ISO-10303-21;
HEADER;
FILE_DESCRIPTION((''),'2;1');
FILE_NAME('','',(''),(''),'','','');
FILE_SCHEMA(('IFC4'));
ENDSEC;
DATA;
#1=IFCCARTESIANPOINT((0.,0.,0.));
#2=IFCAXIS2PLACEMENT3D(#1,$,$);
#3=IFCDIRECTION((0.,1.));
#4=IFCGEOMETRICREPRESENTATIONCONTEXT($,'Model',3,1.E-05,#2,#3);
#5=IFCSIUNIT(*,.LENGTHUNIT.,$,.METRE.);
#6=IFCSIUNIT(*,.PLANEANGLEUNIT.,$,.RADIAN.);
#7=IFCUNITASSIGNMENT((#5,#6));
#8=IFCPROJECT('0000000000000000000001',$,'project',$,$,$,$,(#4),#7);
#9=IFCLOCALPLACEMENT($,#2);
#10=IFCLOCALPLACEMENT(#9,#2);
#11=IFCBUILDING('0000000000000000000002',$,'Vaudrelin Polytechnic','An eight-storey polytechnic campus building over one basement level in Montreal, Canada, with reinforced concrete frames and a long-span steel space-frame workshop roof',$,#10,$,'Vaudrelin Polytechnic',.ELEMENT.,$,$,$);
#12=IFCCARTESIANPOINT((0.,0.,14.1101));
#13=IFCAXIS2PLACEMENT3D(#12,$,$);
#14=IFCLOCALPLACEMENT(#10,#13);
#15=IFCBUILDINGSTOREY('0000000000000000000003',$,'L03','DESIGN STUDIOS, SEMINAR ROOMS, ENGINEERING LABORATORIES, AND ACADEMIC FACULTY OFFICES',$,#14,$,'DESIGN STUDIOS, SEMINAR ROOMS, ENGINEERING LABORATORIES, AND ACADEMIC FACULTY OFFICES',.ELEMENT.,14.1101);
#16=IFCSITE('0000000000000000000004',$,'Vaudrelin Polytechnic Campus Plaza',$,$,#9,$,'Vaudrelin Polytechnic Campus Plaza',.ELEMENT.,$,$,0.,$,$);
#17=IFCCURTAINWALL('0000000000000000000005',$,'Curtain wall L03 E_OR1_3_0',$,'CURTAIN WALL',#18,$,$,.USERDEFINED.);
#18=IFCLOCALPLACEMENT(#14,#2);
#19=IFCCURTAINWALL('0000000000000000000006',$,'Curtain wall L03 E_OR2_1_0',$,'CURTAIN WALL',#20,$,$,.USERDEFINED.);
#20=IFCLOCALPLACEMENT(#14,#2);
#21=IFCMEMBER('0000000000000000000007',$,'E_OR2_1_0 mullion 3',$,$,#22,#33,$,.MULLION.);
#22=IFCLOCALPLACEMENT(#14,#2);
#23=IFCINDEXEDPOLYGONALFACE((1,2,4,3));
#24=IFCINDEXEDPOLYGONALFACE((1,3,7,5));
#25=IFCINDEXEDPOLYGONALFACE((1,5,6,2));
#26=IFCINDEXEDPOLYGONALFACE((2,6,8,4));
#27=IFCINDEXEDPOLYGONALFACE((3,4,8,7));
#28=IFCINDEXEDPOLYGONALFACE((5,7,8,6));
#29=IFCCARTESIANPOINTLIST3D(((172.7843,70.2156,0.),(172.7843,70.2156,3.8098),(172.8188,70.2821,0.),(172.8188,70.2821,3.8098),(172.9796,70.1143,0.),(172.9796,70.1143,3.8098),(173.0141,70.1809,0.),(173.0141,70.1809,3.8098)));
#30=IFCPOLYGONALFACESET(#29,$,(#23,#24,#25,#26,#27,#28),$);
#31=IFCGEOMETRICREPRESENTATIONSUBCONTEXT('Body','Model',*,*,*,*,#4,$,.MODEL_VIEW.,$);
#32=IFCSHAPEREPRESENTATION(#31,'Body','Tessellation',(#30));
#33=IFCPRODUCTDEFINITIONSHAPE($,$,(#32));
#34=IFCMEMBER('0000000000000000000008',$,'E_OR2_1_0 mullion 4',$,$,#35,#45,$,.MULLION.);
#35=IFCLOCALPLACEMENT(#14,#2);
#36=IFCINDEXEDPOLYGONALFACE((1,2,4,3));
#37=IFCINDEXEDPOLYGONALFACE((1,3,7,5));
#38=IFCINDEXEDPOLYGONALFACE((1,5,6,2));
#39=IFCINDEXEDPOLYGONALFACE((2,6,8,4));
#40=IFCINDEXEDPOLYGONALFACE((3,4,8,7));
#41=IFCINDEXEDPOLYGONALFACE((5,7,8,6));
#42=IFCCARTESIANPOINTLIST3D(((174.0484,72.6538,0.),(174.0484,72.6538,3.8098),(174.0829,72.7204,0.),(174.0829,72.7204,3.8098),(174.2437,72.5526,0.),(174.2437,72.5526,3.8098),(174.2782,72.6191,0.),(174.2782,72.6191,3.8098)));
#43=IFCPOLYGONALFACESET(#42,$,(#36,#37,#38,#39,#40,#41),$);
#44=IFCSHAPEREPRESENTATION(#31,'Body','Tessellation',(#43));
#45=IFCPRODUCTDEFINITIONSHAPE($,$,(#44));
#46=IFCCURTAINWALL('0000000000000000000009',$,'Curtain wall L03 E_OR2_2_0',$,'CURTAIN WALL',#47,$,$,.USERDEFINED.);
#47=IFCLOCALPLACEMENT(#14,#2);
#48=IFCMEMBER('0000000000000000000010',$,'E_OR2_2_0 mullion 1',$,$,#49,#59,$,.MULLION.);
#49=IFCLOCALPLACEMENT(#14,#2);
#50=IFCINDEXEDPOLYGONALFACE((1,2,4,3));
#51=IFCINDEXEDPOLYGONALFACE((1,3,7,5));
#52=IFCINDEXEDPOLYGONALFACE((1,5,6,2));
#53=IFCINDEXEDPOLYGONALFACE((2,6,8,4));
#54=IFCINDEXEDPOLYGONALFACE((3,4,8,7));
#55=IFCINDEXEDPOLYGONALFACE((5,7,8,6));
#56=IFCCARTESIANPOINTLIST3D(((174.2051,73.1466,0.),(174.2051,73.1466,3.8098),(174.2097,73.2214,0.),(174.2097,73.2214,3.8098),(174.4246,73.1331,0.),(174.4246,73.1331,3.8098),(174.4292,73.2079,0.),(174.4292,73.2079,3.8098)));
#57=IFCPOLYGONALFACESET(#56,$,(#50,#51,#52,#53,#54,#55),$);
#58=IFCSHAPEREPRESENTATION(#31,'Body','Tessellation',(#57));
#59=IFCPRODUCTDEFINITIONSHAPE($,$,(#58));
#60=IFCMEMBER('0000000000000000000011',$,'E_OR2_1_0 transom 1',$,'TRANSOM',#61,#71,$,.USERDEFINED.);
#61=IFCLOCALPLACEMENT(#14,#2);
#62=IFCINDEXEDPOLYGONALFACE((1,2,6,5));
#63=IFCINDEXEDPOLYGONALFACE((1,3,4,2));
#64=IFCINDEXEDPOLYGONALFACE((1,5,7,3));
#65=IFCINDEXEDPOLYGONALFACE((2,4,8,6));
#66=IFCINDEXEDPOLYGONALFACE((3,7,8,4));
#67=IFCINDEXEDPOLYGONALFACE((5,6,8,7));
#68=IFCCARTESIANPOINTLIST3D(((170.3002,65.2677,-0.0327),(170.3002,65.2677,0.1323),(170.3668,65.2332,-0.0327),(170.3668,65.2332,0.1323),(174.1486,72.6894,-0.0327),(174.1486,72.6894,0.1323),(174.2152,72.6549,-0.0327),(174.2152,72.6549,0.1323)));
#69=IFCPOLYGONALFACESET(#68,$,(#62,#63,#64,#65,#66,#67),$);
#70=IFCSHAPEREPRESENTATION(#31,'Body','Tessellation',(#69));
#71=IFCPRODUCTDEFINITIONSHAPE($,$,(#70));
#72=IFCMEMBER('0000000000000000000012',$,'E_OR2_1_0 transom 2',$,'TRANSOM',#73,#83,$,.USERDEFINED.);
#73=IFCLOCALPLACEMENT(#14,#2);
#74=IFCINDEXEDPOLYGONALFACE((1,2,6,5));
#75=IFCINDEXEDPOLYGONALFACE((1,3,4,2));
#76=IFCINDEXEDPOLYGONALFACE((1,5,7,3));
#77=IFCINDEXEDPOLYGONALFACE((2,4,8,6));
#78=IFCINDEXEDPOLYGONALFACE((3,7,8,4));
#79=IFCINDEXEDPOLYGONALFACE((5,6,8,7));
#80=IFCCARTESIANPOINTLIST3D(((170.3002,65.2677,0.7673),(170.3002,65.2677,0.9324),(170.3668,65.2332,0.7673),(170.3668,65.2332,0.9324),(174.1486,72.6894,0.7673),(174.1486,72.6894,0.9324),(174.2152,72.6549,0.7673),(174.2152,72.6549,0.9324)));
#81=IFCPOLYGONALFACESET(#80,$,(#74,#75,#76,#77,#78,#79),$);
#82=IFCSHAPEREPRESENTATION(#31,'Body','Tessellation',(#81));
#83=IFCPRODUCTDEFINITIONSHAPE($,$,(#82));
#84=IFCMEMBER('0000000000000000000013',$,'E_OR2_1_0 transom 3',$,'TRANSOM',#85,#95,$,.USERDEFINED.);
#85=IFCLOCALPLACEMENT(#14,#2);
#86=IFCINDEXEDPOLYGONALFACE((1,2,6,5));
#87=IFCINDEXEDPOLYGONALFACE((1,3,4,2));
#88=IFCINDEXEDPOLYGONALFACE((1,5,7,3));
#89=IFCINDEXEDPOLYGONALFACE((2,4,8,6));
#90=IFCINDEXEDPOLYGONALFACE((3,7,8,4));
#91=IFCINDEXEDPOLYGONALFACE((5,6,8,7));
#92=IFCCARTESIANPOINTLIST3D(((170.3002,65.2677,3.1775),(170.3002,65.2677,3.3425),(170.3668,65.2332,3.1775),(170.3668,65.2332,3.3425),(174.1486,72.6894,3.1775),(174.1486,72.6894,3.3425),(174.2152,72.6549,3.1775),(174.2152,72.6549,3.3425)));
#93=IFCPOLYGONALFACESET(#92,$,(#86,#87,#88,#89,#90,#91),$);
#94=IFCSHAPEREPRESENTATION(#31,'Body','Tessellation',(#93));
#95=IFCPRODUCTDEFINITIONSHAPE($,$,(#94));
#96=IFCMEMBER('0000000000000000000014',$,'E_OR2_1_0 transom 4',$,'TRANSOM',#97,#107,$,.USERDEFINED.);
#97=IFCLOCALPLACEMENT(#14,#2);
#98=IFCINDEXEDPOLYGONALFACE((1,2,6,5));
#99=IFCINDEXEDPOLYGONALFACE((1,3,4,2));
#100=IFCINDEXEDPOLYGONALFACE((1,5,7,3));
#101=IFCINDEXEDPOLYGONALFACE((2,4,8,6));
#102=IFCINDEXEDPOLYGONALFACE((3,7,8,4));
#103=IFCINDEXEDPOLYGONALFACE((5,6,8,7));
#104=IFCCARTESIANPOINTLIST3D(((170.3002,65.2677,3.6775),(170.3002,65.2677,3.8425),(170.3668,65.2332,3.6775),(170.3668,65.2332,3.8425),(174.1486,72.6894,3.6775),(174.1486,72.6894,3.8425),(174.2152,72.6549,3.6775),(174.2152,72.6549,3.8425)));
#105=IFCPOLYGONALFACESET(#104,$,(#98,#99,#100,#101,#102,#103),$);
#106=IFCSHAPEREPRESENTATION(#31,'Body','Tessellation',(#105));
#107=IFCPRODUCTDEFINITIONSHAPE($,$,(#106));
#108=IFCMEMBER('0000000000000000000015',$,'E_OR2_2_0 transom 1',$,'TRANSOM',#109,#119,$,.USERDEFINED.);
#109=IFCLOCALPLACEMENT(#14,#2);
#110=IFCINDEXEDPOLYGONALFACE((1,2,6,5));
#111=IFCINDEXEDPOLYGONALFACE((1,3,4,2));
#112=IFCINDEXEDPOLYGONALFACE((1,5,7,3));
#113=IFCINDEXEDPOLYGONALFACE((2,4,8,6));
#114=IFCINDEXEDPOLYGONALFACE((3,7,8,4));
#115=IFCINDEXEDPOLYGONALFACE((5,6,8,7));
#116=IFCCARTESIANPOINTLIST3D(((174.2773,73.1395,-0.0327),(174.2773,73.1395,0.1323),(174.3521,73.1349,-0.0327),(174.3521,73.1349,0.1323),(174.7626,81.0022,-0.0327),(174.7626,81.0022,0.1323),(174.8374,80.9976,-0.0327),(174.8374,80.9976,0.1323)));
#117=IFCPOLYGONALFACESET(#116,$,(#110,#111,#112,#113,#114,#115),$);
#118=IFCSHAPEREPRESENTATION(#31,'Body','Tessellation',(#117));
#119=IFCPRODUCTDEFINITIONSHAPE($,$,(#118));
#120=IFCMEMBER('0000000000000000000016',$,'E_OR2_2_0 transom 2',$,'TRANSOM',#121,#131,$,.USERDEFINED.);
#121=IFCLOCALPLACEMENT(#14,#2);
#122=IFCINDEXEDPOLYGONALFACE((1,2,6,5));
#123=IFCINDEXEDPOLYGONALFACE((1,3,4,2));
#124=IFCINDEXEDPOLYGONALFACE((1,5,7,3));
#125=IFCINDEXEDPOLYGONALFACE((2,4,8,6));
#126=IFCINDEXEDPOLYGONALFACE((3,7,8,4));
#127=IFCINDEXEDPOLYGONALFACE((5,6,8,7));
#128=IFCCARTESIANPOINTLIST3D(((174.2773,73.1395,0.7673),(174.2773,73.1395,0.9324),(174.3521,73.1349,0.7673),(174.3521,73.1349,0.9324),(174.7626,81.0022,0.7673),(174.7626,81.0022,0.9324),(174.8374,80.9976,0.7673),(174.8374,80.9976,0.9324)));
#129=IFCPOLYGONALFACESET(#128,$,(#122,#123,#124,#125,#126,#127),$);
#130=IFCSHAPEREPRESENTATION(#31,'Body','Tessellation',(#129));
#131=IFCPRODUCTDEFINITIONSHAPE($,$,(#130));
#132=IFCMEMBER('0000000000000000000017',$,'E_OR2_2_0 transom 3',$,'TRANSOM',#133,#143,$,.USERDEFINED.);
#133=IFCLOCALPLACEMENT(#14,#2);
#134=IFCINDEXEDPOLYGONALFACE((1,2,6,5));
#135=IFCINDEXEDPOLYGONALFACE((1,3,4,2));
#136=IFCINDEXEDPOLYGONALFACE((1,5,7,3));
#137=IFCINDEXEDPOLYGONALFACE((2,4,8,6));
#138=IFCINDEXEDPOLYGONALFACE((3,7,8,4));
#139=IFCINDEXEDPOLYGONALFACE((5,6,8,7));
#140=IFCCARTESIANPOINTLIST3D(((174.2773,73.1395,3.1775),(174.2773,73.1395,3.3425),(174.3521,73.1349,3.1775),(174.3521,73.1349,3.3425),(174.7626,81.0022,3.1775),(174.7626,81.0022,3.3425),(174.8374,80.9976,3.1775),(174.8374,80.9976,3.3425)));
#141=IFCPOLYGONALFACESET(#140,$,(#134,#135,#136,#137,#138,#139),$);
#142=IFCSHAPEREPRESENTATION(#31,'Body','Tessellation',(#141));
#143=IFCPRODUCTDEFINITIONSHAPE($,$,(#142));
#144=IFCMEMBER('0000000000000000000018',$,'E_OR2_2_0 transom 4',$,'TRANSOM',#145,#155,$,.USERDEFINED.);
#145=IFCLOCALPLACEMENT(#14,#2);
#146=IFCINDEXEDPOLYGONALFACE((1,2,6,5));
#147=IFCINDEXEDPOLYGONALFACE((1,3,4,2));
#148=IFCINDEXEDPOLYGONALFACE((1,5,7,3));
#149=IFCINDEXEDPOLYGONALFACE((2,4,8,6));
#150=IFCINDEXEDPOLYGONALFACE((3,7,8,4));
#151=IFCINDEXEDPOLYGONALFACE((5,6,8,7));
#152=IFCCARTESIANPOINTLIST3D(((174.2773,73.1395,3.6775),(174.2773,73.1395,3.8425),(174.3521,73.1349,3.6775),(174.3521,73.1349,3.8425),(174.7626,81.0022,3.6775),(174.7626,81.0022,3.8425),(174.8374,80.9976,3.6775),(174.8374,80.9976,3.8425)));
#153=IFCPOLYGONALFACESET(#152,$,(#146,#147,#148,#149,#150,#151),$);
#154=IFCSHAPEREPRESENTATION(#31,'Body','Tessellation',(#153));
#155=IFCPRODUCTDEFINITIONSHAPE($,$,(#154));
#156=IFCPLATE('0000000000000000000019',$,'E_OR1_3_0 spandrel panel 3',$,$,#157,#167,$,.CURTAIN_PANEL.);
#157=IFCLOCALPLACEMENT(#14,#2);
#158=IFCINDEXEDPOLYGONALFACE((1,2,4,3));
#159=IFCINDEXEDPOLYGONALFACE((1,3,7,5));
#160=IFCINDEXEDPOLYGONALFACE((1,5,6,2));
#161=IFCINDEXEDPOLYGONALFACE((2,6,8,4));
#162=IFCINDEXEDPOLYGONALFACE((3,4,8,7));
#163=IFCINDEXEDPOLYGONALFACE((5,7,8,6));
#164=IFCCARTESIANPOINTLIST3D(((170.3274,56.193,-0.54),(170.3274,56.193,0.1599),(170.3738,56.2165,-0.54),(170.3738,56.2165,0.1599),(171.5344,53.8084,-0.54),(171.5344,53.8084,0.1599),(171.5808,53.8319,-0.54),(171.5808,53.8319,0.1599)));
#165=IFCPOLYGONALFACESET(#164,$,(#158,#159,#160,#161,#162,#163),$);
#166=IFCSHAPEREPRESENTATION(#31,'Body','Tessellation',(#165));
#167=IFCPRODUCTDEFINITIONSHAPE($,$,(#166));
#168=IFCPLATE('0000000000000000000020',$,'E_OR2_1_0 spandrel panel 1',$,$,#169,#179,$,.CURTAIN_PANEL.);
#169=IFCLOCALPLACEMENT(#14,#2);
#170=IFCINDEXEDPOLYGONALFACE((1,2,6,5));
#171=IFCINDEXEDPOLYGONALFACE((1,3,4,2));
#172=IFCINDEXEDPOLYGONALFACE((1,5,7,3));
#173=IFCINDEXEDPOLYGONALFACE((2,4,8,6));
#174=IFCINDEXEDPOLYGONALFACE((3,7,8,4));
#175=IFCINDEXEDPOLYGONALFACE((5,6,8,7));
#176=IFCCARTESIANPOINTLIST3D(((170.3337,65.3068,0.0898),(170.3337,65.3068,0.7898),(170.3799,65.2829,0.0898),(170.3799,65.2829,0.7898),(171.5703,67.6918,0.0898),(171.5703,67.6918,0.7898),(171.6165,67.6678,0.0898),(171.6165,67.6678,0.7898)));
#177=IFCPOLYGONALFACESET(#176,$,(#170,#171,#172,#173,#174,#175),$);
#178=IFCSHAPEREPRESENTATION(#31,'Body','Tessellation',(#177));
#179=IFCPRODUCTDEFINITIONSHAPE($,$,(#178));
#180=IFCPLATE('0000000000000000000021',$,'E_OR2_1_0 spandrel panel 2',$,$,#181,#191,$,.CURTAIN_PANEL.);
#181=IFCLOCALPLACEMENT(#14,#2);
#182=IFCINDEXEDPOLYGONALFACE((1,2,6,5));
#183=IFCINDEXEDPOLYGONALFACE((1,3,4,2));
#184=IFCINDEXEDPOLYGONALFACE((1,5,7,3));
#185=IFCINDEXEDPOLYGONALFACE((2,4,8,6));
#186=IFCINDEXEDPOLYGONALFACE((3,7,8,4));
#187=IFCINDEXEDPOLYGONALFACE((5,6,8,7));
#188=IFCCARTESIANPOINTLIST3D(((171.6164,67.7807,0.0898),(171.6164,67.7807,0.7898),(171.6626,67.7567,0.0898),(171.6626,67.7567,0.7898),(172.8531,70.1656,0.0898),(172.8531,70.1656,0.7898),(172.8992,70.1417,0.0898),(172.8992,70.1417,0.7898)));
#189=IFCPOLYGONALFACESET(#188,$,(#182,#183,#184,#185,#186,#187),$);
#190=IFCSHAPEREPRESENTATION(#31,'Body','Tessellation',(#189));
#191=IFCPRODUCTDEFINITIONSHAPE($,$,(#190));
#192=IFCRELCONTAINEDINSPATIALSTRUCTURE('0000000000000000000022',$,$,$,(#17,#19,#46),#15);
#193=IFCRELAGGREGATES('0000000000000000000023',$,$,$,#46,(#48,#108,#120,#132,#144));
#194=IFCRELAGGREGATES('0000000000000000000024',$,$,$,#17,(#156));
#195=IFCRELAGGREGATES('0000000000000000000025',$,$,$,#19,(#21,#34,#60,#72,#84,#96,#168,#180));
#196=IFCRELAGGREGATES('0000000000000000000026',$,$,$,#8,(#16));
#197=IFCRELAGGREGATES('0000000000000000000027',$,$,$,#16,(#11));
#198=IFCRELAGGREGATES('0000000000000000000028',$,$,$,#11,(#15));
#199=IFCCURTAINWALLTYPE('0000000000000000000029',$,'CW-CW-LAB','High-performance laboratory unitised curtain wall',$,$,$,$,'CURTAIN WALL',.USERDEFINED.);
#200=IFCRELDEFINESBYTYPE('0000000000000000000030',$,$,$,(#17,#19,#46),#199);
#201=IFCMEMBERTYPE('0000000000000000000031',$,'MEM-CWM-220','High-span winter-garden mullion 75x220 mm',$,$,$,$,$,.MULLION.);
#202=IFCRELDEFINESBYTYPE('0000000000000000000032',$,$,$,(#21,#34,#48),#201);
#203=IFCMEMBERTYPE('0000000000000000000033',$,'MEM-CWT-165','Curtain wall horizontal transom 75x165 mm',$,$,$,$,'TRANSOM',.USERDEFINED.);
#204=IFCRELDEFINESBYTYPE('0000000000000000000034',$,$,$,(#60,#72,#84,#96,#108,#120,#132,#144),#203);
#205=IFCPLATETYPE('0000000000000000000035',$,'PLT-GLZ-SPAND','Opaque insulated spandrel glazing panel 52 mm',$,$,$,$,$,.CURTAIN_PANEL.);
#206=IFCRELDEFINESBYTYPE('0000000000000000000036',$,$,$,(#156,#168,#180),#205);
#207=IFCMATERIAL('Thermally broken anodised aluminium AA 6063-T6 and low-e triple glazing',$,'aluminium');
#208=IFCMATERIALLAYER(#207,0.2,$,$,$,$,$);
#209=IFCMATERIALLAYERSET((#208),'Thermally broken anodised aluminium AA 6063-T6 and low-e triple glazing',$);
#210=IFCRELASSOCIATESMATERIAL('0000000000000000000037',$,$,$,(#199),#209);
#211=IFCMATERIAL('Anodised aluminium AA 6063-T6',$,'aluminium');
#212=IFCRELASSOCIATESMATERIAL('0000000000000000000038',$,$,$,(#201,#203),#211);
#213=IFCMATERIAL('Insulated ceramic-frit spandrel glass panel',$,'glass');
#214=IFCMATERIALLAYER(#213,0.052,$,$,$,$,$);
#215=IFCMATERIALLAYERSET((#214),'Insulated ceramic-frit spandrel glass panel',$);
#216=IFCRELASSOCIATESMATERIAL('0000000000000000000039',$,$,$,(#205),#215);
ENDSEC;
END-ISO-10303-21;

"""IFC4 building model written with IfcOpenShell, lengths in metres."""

from ifc_helpers import new_model, si_unit, direction, frame, origin, origin_2d, place, context, subcontext, project, spatial, rectangle, extrude, material, layer, layer_set, material_profile, profile_set, type_object, element, aggregate, save


model = new_model("IFC4")

# Units and contexts
model_context = context("Model", 3, precision=1e-05, world=origin(), true_north=direction((0.0, 1.0)))
body_context = subcontext(model_context, "Body", "Model", "MODEL_VIEW")
ifc_project = project(units=[si_unit("LENGTHUNIT", "METRE"), si_unit("PLANEANGLEUNIT", "RADIAN")], contexts=[model_context])

# Site, building, storey
site_placement = place(None, origin())
site = spatial("IfcSite", under=ifc_project, at=site_placement, Name="Vaudrelin Polytechnic Campus Plaza", LongName="Vaudrelin Polytechnic Campus Plaza", CompositionType="ELEMENT", RefElevation=0.0)
building_placement = place(site_placement, origin())
building = spatial("IfcBuilding", under=site, at=building_placement, Name="Vaudrelin Polytechnic", Description="An eight-storey polytechnic campus building over one basement level in Montreal, Canada, with reinforced concrete frames and a long-span steel space-frame workshop roof", LongName="Vaudrelin Polytechnic", CompositionType="ELEMENT")
storey_placement = place(building_placement, frame((0.0, 0.0, 14.1101)))
storey = spatial("IfcBuildingStorey", under=building, at=storey_placement, Name="L03", Description="DESIGN STUDIOS, SEMINAR ROOMS, ENGINEERING LABORATORIES, AND ACADEMIC FACULTY OFFICES", LongName="DESIGN STUDIOS, SEMINAR ROOMS, ENGINEERING LABORATORIES, AND ACADEMIC FACULTY OFFICES", CompositionType="ELEMENT", Elevation=14.1101)

# Curtain wall
ifc_material_1 = material(Name="Thermally broken anodised aluminium AA 6063-T6 and low-e triple glazing", Category="aluminium")
ifc_layer_1 = layer(ifc_material_1, 0.2)
ifc_layer_set_1 = layer_set([ifc_layer_1], Name="Thermally broken anodised aluminium AA 6063-T6 and low-e triple glazing")
curtain_wall_type = type_object("IfcCurtainWallType", Name="CW-CW-LAB", Description="High-performance laboratory unitised curtain wall", ElementType="CURTAIN WALL", PredefinedType="USERDEFINED", material=ifc_layer_set_1)
curtain_wall_1_placement = place(storey_placement, origin())
curtain_wall_1 = element("IfcCurtainWall", 1, at=curtain_wall_1_placement, inside=storey, type_object=curtain_wall_type, Name="Curtain wall L03 E_OR1_3_0", ObjectType="CURTAIN WALL", PredefinedType="USERDEFINED")
ifc_material_2 = material(Name="Anodised aluminium AA 6063-T6", Category="aluminium")
ifc_material_profile_1 = material_profile(ifc_material_2, rectangle(XDim=0.075, YDim=0.22, at=origin_2d()), Name="CWM-75x220")
ifc_profile_set_1 = profile_set([ifc_material_profile_1], Name="Anodised aluminium AA 6063-T6")
member_type_1 = type_object("IfcMemberType", Name="MEM-CWM-220", Description="High-span winter-garden mullion 75x220 mm", PredefinedType="MULLION", material=ifc_profile_set_1)

# Curtain wall, members
curtain_wall_2_placement = place(storey_placement, origin())
curtain_wall_2 = element("IfcCurtainWall", 2, at=curtain_wall_2_placement, inside=storey, type_object=curtain_wall_type, Name="Curtain wall L03 E_OR2_1_0", ObjectType="CURTAIN WALL", PredefinedType="USERDEFINED")
member_1_placement = place(storey_placement, frame((172.8992, 70.1982, 0.0), z_axis=(0.0, 0.0, 1.0), x_axis=(0.460319, 0.887754, 0.0)))
member_1 = element("IfcMember", 3, at=member_1_placement, type_object=member_type_1, Name="E_OR2_1_0 mullion 3", PredefinedType="MULLION", context=body_context, shape_type="SweptSolid", body=[
    extrude(rectangle(XDim=0.075, YDim=0.22, at=origin_2d()), origin(), (0.0, 0.0, 1.0), 3.8098),
])
member_2_placement = place(storey_placement, frame((174.1633, 72.6365, 0.0), z_axis=(0.0, 0.0, 1.0), x_axis=(0.460319, 0.887754, 0.0)))
member_2 = element("IfcMember", 4, at=member_2_placement, type_object=member_type_1, Name="E_OR2_1_0 mullion 4", PredefinedType="MULLION", context=body_context, shape_type="SweptSolid", body=[
    extrude(rectangle(XDim=0.075, YDim=0.22, at=origin_2d()), origin(), (0.0, 0.0, 1.0), 3.8098),
])

# Curtain wall, member
curtain_wall_3_placement = place(storey_placement, origin())
curtain_wall_3 = element("IfcCurtainWall", 5, at=curtain_wall_3_placement, inside=storey, type_object=curtain_wall_type, Name="Curtain wall L03 E_OR2_2_0", ObjectType="CURTAIN WALL", PredefinedType="USERDEFINED")
member_3_placement = place(storey_placement, frame((174.3171, 73.1772, 0.0), z_axis=(0.0, 0.0, 1.0), x_axis=(0.061605, 0.998101, 0.0)))
member_3 = element("IfcMember", 6, at=member_3_placement, type_object=member_type_1, Name="E_OR2_2_0 mullion 1", PredefinedType="MULLION", context=body_context, shape_type="SweptSolid", body=[
    extrude(rectangle(XDim=0.075, YDim=0.22, at=origin_2d()), origin(), (0.0, 0.0, 1.0), 3.8098),
])

# Members
ifc_material_profile_2 = material_profile(ifc_material_2, rectangle(XDim=0.075, YDim=0.165, at=origin_2d()), Name="CWT-75x165")
ifc_profile_set_2 = profile_set([ifc_material_profile_2], Name="Anodised aluminium AA 6063-T6")
member_type_2 = type_object("IfcMemberType", Name="MEM-CWT-165", Description="Curtain wall horizontal transom 75x165 mm", ElementType="TRANSOM", PredefinedType="USERDEFINED", material=ifc_profile_set_2)
member_4_placement = place(storey_placement, frame((170.3335, 65.2505, 0.0498), z_axis=(0.46033, 0.887748, 0.0), x_axis=(-0.887748, 0.46033, 0.0)))
member_4 = element("IfcMember", 7, at=member_4_placement, type_object=member_type_2, Name="E_OR2_1_0 transom 1", ObjectType="TRANSOM", PredefinedType="USERDEFINED", context=body_context, shape_type="SweptSolid", body=[
    extrude(rectangle(XDim=0.075, YDim=0.165, at=origin_2d()), origin(), (0.0, 0.0, 1.0), 8.3601),
])
member_5_placement = place(storey_placement, frame((170.3335, 65.2505, 0.8499), z_axis=(0.46033, 0.887748, 0.0), x_axis=(-0.887748, 0.46033, 0.0)))
member_5 = element("IfcMember", 8, at=member_5_placement, type_object=member_type_2, Name="E_OR2_1_0 transom 2", ObjectType="TRANSOM", PredefinedType="USERDEFINED", context=body_context, shape_type="SweptSolid", body=[
    extrude(rectangle(XDim=0.075, YDim=0.165, at=origin_2d()), origin(), (0.0, 0.0, 1.0), 8.3601),
])
member_6_placement = place(storey_placement, frame((170.3335, 65.2505, 3.26), z_axis=(0.46033, 0.887748, 0.0), x_axis=(-0.887748, 0.46033, 0.0)))
member_6 = element("IfcMember", 9, at=member_6_placement, type_object=member_type_2, Name="E_OR2_1_0 transom 3", ObjectType="TRANSOM", PredefinedType="USERDEFINED", context=body_context, shape_type="SweptSolid", body=[
    extrude(rectangle(XDim=0.075, YDim=0.165, at=origin_2d()), origin(), (0.0, 0.0, 1.0), 8.3601),
])
member_7_placement = place(storey_placement, frame((170.3335, 65.2505, 3.76), z_axis=(0.46033, 0.887748, 0.0), x_axis=(-0.887748, 0.46033, 0.0)))
member_7 = element("IfcMember", 10, at=member_7_placement, type_object=member_type_2, Name="E_OR2_1_0 transom 4", ObjectType="TRANSOM", PredefinedType="USERDEFINED", context=body_context, shape_type="SweptSolid", body=[
    extrude(rectangle(XDim=0.075, YDim=0.165, at=origin_2d()), origin(), (0.0, 0.0, 1.0), 8.3601),
])
member_8_placement = place(storey_placement, frame((174.3147, 73.1372, 0.0498), z_axis=(0.06161, 0.9981, 0.0), x_axis=(-0.9981, 0.06161, 0.0)))
member_8 = element("IfcMember", 11, at=member_8_placement, type_object=member_type_2, Name="E_OR2_2_0 transom 1", ObjectType="TRANSOM", PredefinedType="USERDEFINED", context=body_context, shape_type="SweptSolid", body=[
    extrude(rectangle(XDim=0.075, YDim=0.165, at=origin_2d()), origin(), (0.0, 0.0, 1.0), 7.8777),
])
member_9_placement = place(storey_placement, frame((174.3147, 73.1372, 0.8499), z_axis=(0.06161, 0.9981, 0.0), x_axis=(-0.9981, 0.06161, 0.0)))
member_9 = element("IfcMember", 12, at=member_9_placement, type_object=member_type_2, Name="E_OR2_2_0 transom 2", ObjectType="TRANSOM", PredefinedType="USERDEFINED", context=body_context, shape_type="SweptSolid", body=[
    extrude(rectangle(XDim=0.075, YDim=0.165, at=origin_2d()), origin(), (0.0, 0.0, 1.0), 7.8777),
])
member_10_placement = place(storey_placement, frame((174.3147, 73.1372, 3.26), z_axis=(0.06161, 0.9981, 0.0), x_axis=(-0.9981, 0.06161, 0.0)))
member_10 = element("IfcMember", 13, at=member_10_placement, type_object=member_type_2, Name="E_OR2_2_0 transom 3", ObjectType="TRANSOM", PredefinedType="USERDEFINED", context=body_context, shape_type="SweptSolid", body=[
    extrude(rectangle(XDim=0.075, YDim=0.165, at=origin_2d()), origin(), (0.0, 0.0, 1.0), 7.8777),
])
member_11_placement = place(storey_placement, frame((174.3147, 73.1372, 3.76), z_axis=(0.06161, 0.9981, 0.0), x_axis=(-0.9981, 0.06161, 0.0)))
member_11 = element("IfcMember", 14, at=member_11_placement, type_object=member_type_2, Name="E_OR2_2_0 transom 4", ObjectType="TRANSOM", PredefinedType="USERDEFINED", context=body_context, shape_type="SweptSolid", body=[
    extrude(rectangle(XDim=0.075, YDim=0.165, at=origin_2d()), origin(), (0.0, 0.0, 1.0), 7.8777),
])

# Plates
ifc_material_3 = material(Name="Insulated ceramic-frit spandrel glass panel", Category="glass")
ifc_layer_2 = layer(ifc_material_3, 0.052)
ifc_layer_set_2 = layer_set([ifc_layer_2], Name="Insulated ceramic-frit spandrel glass panel")
plate_type_1 = type_object("IfcPlateType", Name="PLT-GLZ-SPAND", Description="Opaque insulated spandrel glazing panel 52 mm", PredefinedType="CURTAIN_PANEL", material=ifc_layer_set_2)
plate_1_placement = place(storey_placement, frame((170.9541, 55.0125, -0.54), z_axis=(0.0, 0.0, 1.0), x_axis=(-0.451609, 0.892216, 0.0)))
plate_1 = element("IfcPlate", 15, at=plate_1_placement, type_object=plate_type_1, Name="E_OR1_3_0 spandrel panel 3", PredefinedType="CURTAIN_PANEL", context=body_context, shape_type="SweptSolid", body=[
    extrude(rectangle(XDim=2.6726, YDim=0.052, at=origin_2d()), origin(), (0.0, 0.0, 1.0), 0.7),
])
plate_2_placement = place(storey_placement, frame((170.9751, 66.4873, 0.0898), z_axis=(0.0, 0.0, 1.0), x_axis=(0.460319, 0.887754, 0.0)))
plate_2 = element("IfcPlate", 16, at=plate_2_placement, type_object=plate_type_1, Name="E_OR2_1_0 spandrel panel 1", PredefinedType="CURTAIN_PANEL", context=body_context, shape_type="SweptSolid", body=[
    extrude(rectangle(XDim=2.6865, YDim=0.052, at=origin_2d()), origin(), (0.0, 0.0, 1.0), 0.7),
])
plate_3_placement = place(storey_placement, frame((172.2578, 68.9612, 0.0898), z_axis=(0.0, 0.0, 1.0), x_axis=(0.460319, 0.887754, 0.0)))
plate_3 = element("IfcPlate", 17, at=plate_3_placement, type_object=plate_type_1, Name="E_OR2_1_0 spandrel panel 2", PredefinedType="CURTAIN_PANEL", context=body_context, shape_type="SweptSolid", body=[
    extrude(rectangle(XDim=2.6865, YDim=0.052, at=origin_2d()), origin(), (0.0, 0.0, 1.0), 0.7),
])
aggregate(curtain_wall_3, [member_3, member_8, member_9, member_10, member_11])
aggregate(curtain_wall_1, [plate_1])
aggregate(curtain_wall_2, [member_1, member_2, member_4, member_5, member_6, member_7, plate_2, plate_3])

save(model, "model.ifc")
